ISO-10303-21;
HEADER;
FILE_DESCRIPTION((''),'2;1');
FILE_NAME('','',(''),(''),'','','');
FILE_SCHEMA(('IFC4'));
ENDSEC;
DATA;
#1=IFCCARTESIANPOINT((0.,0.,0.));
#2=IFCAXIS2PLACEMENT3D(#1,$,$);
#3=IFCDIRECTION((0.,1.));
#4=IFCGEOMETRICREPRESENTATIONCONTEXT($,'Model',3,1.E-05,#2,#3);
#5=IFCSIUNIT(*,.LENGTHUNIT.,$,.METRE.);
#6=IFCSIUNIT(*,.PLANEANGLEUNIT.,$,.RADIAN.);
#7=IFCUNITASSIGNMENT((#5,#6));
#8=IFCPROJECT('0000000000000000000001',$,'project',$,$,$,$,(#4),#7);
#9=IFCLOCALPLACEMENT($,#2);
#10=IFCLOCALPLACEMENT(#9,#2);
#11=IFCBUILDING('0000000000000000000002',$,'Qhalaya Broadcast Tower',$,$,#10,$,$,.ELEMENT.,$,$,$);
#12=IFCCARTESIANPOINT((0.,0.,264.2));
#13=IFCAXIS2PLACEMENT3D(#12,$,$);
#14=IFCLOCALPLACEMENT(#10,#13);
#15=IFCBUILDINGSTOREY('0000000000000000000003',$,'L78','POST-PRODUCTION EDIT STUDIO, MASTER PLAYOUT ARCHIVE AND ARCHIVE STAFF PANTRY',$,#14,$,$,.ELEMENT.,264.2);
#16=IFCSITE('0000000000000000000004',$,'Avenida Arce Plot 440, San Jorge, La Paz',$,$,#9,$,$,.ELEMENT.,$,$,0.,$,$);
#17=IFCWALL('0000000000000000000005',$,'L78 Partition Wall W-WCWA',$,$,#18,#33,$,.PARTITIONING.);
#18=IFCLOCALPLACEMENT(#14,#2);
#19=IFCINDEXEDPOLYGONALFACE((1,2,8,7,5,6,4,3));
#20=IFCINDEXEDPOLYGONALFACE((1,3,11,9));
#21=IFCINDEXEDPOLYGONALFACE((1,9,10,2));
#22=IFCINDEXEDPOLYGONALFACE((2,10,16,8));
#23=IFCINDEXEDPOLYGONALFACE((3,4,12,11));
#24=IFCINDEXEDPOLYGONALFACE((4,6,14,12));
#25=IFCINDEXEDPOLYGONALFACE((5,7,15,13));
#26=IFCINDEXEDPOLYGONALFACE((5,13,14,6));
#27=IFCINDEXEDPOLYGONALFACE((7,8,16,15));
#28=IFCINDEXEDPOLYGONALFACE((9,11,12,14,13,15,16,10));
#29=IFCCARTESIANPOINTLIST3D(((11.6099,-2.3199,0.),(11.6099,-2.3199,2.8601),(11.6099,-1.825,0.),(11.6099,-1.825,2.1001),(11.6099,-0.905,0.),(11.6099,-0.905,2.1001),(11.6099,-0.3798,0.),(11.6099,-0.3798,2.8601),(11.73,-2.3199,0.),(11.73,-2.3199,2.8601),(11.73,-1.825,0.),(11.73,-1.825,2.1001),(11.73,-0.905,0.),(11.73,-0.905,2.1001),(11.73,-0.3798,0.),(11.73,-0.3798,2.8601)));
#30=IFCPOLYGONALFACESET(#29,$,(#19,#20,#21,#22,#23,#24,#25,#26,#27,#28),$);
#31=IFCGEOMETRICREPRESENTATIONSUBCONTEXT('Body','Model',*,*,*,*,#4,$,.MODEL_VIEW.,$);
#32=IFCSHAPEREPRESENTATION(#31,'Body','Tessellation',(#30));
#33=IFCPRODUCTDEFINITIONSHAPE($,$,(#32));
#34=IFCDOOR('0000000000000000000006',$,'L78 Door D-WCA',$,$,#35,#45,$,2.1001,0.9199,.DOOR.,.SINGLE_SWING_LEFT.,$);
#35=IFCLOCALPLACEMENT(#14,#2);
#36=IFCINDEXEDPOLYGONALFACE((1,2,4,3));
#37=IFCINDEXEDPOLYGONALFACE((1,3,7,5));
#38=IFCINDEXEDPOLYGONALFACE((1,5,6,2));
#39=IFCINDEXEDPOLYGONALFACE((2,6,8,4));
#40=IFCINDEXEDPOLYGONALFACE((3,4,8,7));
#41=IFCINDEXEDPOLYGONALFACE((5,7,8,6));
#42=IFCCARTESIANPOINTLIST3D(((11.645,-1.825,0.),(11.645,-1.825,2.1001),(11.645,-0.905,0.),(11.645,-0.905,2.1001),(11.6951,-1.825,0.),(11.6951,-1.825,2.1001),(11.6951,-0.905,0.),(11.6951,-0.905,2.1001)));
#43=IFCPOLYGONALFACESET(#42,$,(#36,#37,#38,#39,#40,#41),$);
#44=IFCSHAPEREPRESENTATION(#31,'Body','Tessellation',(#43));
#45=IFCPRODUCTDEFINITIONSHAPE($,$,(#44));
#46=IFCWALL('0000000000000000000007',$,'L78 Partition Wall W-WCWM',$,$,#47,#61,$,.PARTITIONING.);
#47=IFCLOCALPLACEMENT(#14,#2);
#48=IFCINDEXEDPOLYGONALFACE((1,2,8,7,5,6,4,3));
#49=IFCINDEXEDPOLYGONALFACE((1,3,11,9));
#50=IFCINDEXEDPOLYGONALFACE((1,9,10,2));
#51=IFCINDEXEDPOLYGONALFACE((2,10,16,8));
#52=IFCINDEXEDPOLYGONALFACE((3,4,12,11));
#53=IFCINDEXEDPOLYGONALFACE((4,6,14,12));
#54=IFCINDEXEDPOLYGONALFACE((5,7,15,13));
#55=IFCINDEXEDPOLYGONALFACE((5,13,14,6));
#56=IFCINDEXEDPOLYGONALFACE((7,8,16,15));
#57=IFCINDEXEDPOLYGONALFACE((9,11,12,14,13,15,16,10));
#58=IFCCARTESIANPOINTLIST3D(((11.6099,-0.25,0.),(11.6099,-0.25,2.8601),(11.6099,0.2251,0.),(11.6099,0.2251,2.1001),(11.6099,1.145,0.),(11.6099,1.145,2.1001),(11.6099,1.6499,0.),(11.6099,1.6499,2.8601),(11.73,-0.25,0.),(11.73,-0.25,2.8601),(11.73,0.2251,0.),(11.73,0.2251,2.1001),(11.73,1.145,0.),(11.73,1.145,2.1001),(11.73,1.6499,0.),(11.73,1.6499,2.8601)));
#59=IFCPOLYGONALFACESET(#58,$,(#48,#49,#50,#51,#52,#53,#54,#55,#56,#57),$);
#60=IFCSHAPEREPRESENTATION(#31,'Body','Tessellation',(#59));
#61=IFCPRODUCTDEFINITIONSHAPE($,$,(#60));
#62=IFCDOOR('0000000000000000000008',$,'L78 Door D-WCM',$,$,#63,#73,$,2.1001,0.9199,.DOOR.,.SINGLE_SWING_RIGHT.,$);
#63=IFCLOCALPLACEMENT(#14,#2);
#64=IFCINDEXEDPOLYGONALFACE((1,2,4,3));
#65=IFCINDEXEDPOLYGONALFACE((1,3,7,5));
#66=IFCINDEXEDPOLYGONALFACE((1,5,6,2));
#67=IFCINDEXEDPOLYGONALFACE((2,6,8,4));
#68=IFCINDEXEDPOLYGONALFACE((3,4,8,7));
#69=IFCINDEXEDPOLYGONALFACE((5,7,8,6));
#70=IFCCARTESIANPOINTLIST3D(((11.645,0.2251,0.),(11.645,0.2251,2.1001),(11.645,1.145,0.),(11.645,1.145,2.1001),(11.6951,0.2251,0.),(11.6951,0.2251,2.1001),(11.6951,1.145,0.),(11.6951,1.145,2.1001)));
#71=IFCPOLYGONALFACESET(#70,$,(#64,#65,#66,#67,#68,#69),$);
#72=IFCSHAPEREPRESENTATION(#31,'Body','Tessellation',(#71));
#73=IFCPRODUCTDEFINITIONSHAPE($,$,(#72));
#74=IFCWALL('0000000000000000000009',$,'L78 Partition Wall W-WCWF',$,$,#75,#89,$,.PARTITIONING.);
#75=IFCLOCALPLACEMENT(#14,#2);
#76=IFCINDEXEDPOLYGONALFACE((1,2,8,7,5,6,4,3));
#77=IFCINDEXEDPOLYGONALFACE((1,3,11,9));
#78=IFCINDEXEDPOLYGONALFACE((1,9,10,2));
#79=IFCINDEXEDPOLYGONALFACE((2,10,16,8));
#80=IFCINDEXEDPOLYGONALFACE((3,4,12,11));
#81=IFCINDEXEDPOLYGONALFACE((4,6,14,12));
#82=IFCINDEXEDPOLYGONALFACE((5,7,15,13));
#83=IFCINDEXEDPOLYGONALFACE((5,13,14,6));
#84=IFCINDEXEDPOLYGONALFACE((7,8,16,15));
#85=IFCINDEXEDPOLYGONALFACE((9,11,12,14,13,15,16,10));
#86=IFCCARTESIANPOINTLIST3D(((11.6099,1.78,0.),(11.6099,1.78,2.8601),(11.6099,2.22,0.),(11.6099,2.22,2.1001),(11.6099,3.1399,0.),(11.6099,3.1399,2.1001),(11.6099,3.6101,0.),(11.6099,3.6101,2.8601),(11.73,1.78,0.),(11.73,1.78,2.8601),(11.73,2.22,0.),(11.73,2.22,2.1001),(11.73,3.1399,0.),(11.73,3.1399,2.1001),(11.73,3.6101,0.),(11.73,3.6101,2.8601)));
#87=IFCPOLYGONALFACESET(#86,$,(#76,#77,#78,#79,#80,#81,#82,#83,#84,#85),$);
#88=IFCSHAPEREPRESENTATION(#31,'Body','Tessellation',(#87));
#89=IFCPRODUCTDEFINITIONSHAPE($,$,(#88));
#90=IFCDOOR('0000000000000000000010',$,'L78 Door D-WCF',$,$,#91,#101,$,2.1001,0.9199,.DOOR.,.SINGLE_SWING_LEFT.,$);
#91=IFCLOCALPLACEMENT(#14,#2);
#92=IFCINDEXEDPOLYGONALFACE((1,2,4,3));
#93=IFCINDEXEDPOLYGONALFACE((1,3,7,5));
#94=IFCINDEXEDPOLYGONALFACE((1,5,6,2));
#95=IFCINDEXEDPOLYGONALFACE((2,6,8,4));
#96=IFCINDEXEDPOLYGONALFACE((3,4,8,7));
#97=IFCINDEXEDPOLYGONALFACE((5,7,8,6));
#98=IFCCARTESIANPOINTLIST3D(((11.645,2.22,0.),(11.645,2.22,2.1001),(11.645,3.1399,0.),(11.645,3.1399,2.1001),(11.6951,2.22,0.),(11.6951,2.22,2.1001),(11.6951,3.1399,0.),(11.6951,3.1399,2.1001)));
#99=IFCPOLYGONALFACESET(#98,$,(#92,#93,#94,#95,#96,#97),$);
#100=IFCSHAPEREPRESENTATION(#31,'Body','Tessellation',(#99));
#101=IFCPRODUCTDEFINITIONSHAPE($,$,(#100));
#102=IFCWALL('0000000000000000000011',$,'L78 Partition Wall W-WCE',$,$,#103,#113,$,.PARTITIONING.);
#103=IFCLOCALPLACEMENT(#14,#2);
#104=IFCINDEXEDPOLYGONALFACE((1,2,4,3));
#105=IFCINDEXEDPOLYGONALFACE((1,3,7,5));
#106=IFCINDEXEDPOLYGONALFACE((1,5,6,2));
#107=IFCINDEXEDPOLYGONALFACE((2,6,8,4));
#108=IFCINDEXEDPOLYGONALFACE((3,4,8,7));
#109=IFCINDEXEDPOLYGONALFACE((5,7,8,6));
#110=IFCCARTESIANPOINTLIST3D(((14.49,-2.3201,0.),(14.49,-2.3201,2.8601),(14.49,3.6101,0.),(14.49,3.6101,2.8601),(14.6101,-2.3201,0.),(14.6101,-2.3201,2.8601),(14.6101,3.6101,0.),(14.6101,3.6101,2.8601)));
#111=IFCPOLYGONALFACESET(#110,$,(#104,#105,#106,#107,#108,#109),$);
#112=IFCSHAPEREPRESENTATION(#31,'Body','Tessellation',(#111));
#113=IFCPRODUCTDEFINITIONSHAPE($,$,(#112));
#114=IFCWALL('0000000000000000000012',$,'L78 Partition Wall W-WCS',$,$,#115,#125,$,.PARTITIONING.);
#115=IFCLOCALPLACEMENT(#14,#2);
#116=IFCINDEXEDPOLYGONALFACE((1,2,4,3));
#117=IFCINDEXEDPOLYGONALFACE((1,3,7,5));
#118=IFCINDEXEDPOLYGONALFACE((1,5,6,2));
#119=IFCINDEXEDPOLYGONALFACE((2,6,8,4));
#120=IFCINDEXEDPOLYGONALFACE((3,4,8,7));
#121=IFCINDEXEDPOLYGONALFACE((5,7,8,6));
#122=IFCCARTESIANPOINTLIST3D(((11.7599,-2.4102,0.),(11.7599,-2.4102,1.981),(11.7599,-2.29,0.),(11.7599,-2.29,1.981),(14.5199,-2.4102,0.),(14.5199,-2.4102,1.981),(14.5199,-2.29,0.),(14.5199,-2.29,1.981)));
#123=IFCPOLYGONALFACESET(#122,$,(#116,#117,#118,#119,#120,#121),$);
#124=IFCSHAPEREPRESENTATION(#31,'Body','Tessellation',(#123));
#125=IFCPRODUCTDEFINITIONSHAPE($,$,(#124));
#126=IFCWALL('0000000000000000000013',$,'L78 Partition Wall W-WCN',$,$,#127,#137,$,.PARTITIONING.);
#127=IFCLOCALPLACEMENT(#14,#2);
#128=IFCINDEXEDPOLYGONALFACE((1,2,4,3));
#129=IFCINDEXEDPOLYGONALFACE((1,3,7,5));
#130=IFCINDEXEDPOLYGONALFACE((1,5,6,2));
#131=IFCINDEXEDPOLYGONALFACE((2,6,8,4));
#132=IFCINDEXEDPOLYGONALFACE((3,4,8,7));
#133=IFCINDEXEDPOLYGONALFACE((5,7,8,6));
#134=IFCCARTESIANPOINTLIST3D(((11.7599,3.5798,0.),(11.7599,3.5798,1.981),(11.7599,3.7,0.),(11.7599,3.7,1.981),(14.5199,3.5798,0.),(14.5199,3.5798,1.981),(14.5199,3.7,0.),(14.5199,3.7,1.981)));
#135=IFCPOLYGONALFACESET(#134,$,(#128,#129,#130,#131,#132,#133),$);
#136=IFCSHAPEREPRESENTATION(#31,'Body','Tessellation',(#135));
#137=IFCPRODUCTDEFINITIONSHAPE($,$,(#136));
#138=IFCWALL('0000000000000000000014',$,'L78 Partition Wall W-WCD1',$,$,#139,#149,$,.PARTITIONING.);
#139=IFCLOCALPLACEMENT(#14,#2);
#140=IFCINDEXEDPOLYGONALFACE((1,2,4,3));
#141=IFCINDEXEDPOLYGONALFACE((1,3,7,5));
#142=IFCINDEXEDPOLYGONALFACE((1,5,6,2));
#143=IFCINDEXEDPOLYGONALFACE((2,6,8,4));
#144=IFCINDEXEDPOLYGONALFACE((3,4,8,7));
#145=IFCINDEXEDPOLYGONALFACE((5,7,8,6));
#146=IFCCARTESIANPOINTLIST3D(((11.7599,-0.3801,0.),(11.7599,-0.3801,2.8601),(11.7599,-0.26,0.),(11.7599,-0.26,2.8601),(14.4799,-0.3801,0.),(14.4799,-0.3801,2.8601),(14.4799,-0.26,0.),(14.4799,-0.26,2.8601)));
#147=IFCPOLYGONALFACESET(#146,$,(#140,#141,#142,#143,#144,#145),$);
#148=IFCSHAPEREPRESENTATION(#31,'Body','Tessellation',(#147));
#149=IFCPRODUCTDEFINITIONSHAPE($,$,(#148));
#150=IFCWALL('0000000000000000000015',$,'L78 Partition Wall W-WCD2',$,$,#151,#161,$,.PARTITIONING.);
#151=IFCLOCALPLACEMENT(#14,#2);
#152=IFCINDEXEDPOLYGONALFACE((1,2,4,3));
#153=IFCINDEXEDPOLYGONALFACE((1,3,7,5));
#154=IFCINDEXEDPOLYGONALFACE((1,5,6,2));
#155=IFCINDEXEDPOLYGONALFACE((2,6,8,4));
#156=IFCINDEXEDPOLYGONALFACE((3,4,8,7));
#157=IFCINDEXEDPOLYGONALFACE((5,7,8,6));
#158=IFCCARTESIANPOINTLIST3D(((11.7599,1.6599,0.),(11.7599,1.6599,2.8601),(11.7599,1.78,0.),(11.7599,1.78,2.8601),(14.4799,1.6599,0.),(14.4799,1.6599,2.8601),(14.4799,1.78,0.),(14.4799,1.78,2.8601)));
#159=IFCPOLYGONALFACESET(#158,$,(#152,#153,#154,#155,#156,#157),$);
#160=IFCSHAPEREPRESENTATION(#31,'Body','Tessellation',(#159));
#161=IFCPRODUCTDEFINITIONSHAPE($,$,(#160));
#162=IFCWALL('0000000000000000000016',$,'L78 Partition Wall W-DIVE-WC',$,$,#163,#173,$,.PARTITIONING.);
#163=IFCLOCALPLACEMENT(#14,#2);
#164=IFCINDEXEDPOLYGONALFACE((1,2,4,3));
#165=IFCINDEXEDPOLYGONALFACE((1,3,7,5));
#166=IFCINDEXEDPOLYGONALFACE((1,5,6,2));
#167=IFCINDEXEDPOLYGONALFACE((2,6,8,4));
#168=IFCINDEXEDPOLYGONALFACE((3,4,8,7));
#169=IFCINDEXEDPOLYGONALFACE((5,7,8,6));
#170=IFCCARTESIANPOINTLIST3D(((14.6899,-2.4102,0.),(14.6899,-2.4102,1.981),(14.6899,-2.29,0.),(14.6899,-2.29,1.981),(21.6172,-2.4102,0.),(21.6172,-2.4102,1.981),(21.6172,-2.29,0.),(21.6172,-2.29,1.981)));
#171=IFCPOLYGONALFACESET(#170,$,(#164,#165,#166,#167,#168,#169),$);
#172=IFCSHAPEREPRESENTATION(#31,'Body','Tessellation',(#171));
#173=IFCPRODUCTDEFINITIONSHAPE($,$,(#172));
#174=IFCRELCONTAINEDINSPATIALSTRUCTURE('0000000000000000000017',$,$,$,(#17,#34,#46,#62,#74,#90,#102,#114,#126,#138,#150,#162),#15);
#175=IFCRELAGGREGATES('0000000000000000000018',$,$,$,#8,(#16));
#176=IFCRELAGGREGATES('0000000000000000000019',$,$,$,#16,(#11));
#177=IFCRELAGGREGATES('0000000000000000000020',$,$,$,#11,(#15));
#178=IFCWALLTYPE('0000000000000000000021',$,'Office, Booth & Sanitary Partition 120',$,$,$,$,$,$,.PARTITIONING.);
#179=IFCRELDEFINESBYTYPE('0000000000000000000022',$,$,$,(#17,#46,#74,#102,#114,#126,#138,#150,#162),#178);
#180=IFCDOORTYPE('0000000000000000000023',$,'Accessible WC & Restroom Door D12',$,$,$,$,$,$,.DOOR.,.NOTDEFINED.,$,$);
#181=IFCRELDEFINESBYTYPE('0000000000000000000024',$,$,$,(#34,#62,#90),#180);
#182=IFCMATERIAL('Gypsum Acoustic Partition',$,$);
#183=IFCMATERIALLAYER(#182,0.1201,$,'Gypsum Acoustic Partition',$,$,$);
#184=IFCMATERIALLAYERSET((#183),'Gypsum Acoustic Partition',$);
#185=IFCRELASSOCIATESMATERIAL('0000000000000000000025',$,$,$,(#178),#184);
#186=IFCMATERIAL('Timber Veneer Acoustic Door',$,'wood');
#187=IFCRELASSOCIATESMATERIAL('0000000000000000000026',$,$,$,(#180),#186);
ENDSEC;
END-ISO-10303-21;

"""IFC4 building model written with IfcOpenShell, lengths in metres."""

from ifc_helpers import new_model, si_unit, direction, frame, frame_2d, origin, place, context, subcontext, project, spatial, rectangle, extrude, material, layer, layer_set, type_object, element, fill, save


model = new_model("IFC4")

# Units and contexts
model_context = context("Model", 3, precision=1e-05, world=origin(), true_north=direction((0.0, 1.0)))
body_context = subcontext(model_context, "Body", "Model", "MODEL_VIEW")
ifc_project = project(units=[si_unit("LENGTHUNIT", "METRE"), si_unit("PLANEANGLEUNIT", "RADIAN")], contexts=[model_context])

# Site, building, storey
site_placement = place(None, origin())
site = spatial("IfcSite", under=ifc_project, at=site_placement, Name="Avenida Arce Plot 440, San Jorge, La Paz", CompositionType="ELEMENT", RefElevation=0.0)
building_placement = place(site_placement, origin())
building = spatial("IfcBuilding", under=site, at=building_placement, Name="Qhalaya Broadcast Tower", CompositionType="ELEMENT")
storey_placement = place(building_placement, frame((0.0, 0.0, 264.2)))
storey = spatial("IfcBuildingStorey", under=building, at=storey_placement, Name="L78", Description="POST-PRODUCTION EDIT STUDIO, MASTER PLAYOUT ARCHIVE AND ARCHIVE STAFF PANTRY", CompositionType="ELEMENT", Elevation=264.2)

# Walls, openings, doors
ifc_material_1 = material(Name="Gypsum Acoustic Partition")
ifc_material_2 = material(Name="Timber Veneer Acoustic Door", Category="wood")
ifc_layer_1 = layer(ifc_material_1, 0.1201, Name="Gypsum Acoustic Partition")
ifc_layer_set_1 = layer_set([ifc_layer_1], Name="Gypsum Acoustic Partition")
wall_type_1 = type_object("IfcWallType", Name="Office, Booth & Sanitary Partition 120", PredefinedType="PARTITIONING", material=ifc_layer_set_1)
wall_1_placement = place(storey_placement, frame((11.6699, -2.3201, 0.0), z_axis=(0.0, 0.0, 1.0), x_axis=(0.0, 1.0, 0.0)))
wall_1 = element("IfcWall", 1, at=wall_1_placement, inside=storey, type_object=wall_type_1, Name="L78 Partition Wall W-WCWA", PredefinedType="PARTITIONING", context=body_context, shape_type="SweptSolid", body=[
    extrude(rectangle(XDim=1.9402, YDim=0.1201, at=frame_2d((0.9702, 0.0))), origin(), (0.0, 0.0, 1.0), 2.8601),
])
opening_1_placement = place(wall_1_placement, frame((0.4951, 0.0, 0.0)))
opening_1 = element("IfcOpeningElement", 2, at=opening_1_placement, cuts=wall_1, PredefinedType="OPENING", context=body_context, shape_type="SweptSolid", body=[
    extrude(rectangle(XDim=0.9199, YDim=2.1001, at=frame_2d((0.46, 1.05))), frame((0.0, 0.072, 0.0), z_axis=(0.0, -1.0, 0.0), x_axis=(1.0, 0.0, 0.0)), (0.0, 0.0, 1.0), 0.144),
])
door_type_1 = type_object("IfcDoorType", Name="Accessible WC & Restroom Door D12", OperationType="NOTDEFINED", PredefinedType="DOOR", material=ifc_material_2)
door_1_placement = place(opening_1_placement, origin())
door_1 = element("IfcDoor", 3, at=door_1_placement, inside=storey, type_object=door_type_1, Name="L78 Door D-WCA", OperationType="SINGLE_SWING_LEFT", OverallHeight=2.1001, OverallWidth=0.9199, PredefinedType="DOOR", context=body_context, shape_type="SweptSolid", body=[
    extrude(rectangle(XDim=0.9199, YDim=2.1001, at=frame_2d((0.46, 1.05))), frame((0.0, 0.0249, 0.0), z_axis=(0.0, -1.0, 0.0), x_axis=(1.0, 0.0, 0.0)), (0.0, 0.0, 1.0), 0.05),
])
fill(opening_1, door_1)
wall_2_placement = place(storey_placement, frame((11.6699, -0.25, 0.0), z_axis=(0.0, 0.0, 1.0), x_axis=(0.0, 1.0, 0.0)))
wall_2 = element("IfcWall", 4, at=wall_2_placement, inside=storey, type_object=wall_type_1, Name="L78 Partition Wall W-WCWM", PredefinedType="PARTITIONING", context=body_context, shape_type="SweptSolid", body=[
    extrude(rectangle(XDim=1.8999, YDim=0.1201, at=frame_2d((0.95, 0.0))), origin(), (0.0, 0.0, 1.0), 2.8601),
])
opening_2_placement = place(wall_2_placement, frame((0.4751, 0.0, 0.0)))
opening_2 = element("IfcOpeningElement", 5, at=opening_2_placement, cuts=wall_2, PredefinedType="OPENING", context=body_context, shape_type="SweptSolid", body=[
    extrude(rectangle(XDim=0.9199, YDim=2.1001, at=frame_2d((0.46, 1.05))), frame((0.0, 0.072, 0.0), z_axis=(0.0, -1.0, 0.0), x_axis=(1.0, 0.0, 0.0)), (0.0, 0.0, 1.0), 0.144),
])
door_2_placement = place(opening_2_placement, origin())
door_2 = element("IfcDoor", 6, at=door_2_placement, inside=storey, type_object=door_type_1, Name="L78 Door D-WCM", OperationType="SINGLE_SWING_RIGHT", OverallHeight=2.1001, OverallWidth=0.9199, PredefinedType="DOOR", context=body_context, shape_type="SweptSolid", body=[
    extrude(rectangle(XDim=0.9199, YDim=2.1001, at=frame_2d((0.46, 1.05))), frame((0.0, 0.0249, 0.0), z_axis=(0.0, -1.0, 0.0), x_axis=(1.0, 0.0, 0.0)), (0.0, 0.0, 1.0), 0.05),
])
fill(opening_2, door_2)
wall_3_placement = place(storey_placement, frame((11.6699, 1.78, 0.0), z_axis=(0.0, 0.0, 1.0), x_axis=(0.0, 1.0, 0.0)))
wall_3 = element("IfcWall", 7, at=wall_3_placement, inside=storey, type_object=wall_type_1, Name="L78 Partition Wall W-WCWF", PredefinedType="PARTITIONING", context=body_context, shape_type="SweptSolid", body=[
    extrude(rectangle(XDim=1.8301, YDim=0.1201, at=frame_2d((0.915, 0.0))), origin(), (0.0, 0.0, 1.0), 2.8601),
])
opening_3_placement = place(wall_3_placement, frame((0.4399, 0.0, 0.0)))
opening_3 = element("IfcOpeningElement", 8, at=opening_3_placement, cuts=wall_3, PredefinedType="OPENING", context=body_context, shape_type="SweptSolid", body=[
    extrude(rectangle(XDim=0.9199, YDim=2.1001, at=frame_2d((0.46, 1.05))), frame((0.0, 0.072, 0.0), z_axis=(0.0, -1.0, 0.0), x_axis=(1.0, 0.0, 0.0)), (0.0, 0.0, 1.0), 0.144),
])
door_3_placement = place(opening_3_placement, origin())
door_3 = element("IfcDoor", 9, at=door_3_placement, inside=storey, type_object=door_type_1, Name="L78 Door D-WCF", OperationType="SINGLE_SWING_LEFT", OverallHeight=2.1001, OverallWidth=0.9199, PredefinedType="DOOR", context=body_context, shape_type="SweptSolid", body=[
    extrude(rectangle(XDim=0.9199, YDim=2.1001, at=frame_2d((0.46, 1.05))), frame((0.0, 0.0249, 0.0), z_axis=(0.0, -1.0, 0.0), x_axis=(1.0, 0.0, 0.0)), (0.0, 0.0, 1.0), 0.05),
])
fill(opening_3, door_3)

# Walls
wall_4_placement = place(storey_placement, frame((14.55, -2.3201, 0.0), z_axis=(0.0, 0.0, 1.0), x_axis=(0.0, 1.0, 0.0)))
element("IfcWall", 10, at=wall_4_placement, inside=storey, type_object=wall_type_1, Name="L78 Partition Wall W-WCE", PredefinedType="PARTITIONING", context=body_context, shape_type="SweptSolid", body=[
    extrude(rectangle(XDim=5.9302, YDim=0.1201, at=frame_2d((2.9651, 0.0))), origin(), (0.0, 0.0, 1.0), 2.8601),
])
for number, where, z_axis, x_axis, name in (
    (11, (11.76, -2.3501, 0.0), (0.0, 0.0, 1.0), (1.0, 0.0, 0.0), "L78 Partition Wall W-WCS"),
    (12, (11.76, 3.6399, 0.0), (0.0, 0.0, 1.0), (1.0, 0.0, 0.0), "L78 Partition Wall W-WCN"),
):
    element("IfcWall", number, at=place(storey_placement, frame(where, z_axis=z_axis, x_axis=x_axis)), inside=storey, type_object=wall_type_1, Name=name, PredefinedType="PARTITIONING", context=body_context, shape_type="SweptSolid", body=[
        extrude(rectangle(XDim=2.76, YDim=0.1201, at=frame_2d((1.3799, 0.0))), origin(), (0.0, 0.0, 1.0), 1.981),
    ])
for number, where, z_axis, x_axis, name in (
    (13, (11.76, -0.3201, 0.0), (0.0, 0.0, 1.0), (1.0, 0.0, 0.0), "L78 Partition Wall W-WCD1"),
    (14, (11.76, 1.72, 0.0), (0.0, 0.0, 1.0), (1.0, 0.0, 0.0), "L78 Partition Wall W-WCD2"),
):
    element("IfcWall", number, at=place(storey_placement, frame(where, z_axis=z_axis, x_axis=x_axis)), inside=storey, type_object=wall_type_1, Name=name, PredefinedType="PARTITIONING", context=body_context, shape_type="SweptSolid", body=[
        extrude(rectangle(XDim=2.72, YDim=0.1201, at=frame_2d((1.3599, 0.0))), origin(), (0.0, 0.0, 1.0), 2.8601),
    ])
wall_5_placement = place(storey_placement, frame((14.6899, -2.3501, 0.0), z_axis=(0.0, 0.0, 1.0), x_axis=(1.0, 0.0, 0.0)))
element("IfcWall", 15, at=wall_5_placement, inside=storey, type_object=wall_type_1, Name="L78 Partition Wall W-DIVE-WC", PredefinedType="PARTITIONING", context=body_context, shape_type="SweptSolid", body=[
    extrude(rectangle(XDim=6.9272, YDim=0.1201, at=frame_2d((3.4636, 0.0))), origin(), (0.0, 0.0, 1.0), 1.981),
])

save(model, "model.ifc")
